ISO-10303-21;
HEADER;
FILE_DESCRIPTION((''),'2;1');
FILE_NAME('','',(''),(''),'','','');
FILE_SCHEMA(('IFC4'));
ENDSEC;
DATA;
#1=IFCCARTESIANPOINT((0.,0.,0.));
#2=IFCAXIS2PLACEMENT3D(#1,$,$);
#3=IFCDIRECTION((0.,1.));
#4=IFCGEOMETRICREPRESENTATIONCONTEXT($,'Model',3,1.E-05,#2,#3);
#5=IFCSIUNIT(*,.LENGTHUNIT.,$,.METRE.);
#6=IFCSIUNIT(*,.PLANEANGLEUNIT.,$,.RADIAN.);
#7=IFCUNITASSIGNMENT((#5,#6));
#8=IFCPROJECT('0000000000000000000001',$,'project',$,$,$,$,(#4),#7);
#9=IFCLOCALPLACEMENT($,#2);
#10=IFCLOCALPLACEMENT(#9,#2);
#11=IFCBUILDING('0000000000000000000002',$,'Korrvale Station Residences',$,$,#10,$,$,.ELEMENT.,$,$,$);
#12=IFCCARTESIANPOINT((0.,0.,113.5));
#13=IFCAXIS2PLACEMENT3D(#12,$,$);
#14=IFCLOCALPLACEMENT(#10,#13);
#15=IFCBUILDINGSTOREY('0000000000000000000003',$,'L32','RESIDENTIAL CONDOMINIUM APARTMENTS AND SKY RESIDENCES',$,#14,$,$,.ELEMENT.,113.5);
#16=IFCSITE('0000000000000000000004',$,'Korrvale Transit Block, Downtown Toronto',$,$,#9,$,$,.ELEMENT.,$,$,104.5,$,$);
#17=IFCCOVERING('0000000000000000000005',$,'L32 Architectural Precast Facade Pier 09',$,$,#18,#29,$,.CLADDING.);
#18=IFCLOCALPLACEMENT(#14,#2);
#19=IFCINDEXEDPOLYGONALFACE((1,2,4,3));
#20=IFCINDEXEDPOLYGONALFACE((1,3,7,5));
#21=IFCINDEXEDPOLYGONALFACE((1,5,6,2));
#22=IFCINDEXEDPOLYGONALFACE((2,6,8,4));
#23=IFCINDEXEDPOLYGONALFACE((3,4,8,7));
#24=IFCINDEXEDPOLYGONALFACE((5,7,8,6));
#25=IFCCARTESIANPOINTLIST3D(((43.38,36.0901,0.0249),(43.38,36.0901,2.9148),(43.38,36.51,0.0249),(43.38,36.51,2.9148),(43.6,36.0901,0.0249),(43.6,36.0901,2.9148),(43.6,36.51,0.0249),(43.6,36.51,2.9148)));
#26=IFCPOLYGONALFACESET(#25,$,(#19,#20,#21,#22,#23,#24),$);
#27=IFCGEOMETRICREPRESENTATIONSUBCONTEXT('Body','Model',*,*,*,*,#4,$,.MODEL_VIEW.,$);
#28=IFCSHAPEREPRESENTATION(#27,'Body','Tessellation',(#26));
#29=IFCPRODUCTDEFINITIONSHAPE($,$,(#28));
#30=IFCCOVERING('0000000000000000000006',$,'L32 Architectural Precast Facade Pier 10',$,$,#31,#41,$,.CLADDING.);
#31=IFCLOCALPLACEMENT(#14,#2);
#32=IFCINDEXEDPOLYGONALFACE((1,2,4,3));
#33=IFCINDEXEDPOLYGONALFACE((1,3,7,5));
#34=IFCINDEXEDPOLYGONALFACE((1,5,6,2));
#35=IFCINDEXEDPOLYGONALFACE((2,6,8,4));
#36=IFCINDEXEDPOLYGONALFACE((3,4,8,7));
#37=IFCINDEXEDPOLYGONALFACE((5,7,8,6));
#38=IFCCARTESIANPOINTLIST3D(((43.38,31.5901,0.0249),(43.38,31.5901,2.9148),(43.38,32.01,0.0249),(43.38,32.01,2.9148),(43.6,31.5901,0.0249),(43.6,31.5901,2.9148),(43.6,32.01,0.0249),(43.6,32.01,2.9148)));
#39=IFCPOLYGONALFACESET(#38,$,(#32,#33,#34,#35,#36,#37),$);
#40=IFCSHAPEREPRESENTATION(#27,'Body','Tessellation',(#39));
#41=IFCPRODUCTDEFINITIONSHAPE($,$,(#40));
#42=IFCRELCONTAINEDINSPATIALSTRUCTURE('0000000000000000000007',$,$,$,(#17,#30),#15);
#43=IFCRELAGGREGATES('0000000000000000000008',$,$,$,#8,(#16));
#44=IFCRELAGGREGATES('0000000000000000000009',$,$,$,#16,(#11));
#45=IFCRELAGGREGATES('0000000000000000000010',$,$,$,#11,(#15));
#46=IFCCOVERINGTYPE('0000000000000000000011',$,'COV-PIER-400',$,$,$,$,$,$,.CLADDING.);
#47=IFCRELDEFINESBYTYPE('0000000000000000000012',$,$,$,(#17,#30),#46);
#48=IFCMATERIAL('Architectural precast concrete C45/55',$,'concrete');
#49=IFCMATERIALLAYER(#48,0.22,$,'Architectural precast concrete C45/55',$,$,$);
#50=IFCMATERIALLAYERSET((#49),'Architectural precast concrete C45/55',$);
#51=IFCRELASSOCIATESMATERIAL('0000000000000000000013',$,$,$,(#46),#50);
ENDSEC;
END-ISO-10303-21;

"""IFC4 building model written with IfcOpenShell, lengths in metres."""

from ifc_helpers import new_model, si_unit, direction, frame, origin, origin_2d, place, context, subcontext, project, spatial, rectangle, extrude, material, layer, layer_set, type_object, element, save


model = new_model("IFC4")

# Units and contexts
model_context = context("Model", 3, precision=1e-05, world=origin(), true_north=direction((0.0, 1.0)))
body_context = subcontext(model_context, "Body", "Model", "MODEL_VIEW")
ifc_project = project(units=[si_unit("LENGTHUNIT", "METRE"), si_unit("PLANEANGLEUNIT", "RADIAN")], contexts=[model_context])

# Site, building, storey
site_placement = place(None, origin())
site = spatial("IfcSite", under=ifc_project, at=site_placement, Name="Korrvale Transit Block, Downtown Toronto", CompositionType="ELEMENT", RefElevation=104.5)
building_placement = place(site_placement, origin())
building = spatial("IfcBuilding", under=site, at=building_placement, Name="Korrvale Station Residences", CompositionType="ELEMENT")
storey_placement = place(building_placement, frame((0.0, 0.0, 113.5)))
storey = spatial("IfcBuildingStorey", under=building, at=storey_placement, Name="L32", Description="RESIDENTIAL CONDOMINIUM APARTMENTS AND SKY RESIDENCES", CompositionType="ELEMENT", Elevation=113.5)

# Coverings
ifc_material_1 = material(Name="Architectural precast concrete C45/55", Category="concrete")
ifc_layer_1 = layer(ifc_material_1, 0.22, Name="Architectural precast concrete C45/55")
ifc_layer_set_1 = layer_set([ifc_layer_1], Name="Architectural precast concrete C45/55")
covering_type = type_object("IfcCoveringType", Name="COV-PIER-400", PredefinedType="CLADDING", material=ifc_layer_set_1)
for number, where, z_axis, x_axis, name in (
    (1, (43.49, 36.3, 0.0249), (0.0, 0.0, 1.0), (0.0, 1.0, 0.0), "L32 Architectural Precast Facade Pier 09"),
    (2, (43.49, 31.8, 0.0249), (0.0, 0.0, 1.0), (0.0, 1.0, 0.0), "L32 Architectural Precast Facade Pier 10"),
):
    element("IfcCovering", number, at=place(storey_placement, frame(where, z_axis=z_axis, x_axis=x_axis)), inside=storey, type_object=covering_type, Name=name, PredefinedType="CLADDING", context=body_context, shape_type="SweptSolid", body=[
        extrude(rectangle(XDim=0.4199, YDim=0.22, at=origin_2d()), origin(), (0.0, 0.0, 1.0), 2.8899),
    ])

save(model, "model.ifc")
